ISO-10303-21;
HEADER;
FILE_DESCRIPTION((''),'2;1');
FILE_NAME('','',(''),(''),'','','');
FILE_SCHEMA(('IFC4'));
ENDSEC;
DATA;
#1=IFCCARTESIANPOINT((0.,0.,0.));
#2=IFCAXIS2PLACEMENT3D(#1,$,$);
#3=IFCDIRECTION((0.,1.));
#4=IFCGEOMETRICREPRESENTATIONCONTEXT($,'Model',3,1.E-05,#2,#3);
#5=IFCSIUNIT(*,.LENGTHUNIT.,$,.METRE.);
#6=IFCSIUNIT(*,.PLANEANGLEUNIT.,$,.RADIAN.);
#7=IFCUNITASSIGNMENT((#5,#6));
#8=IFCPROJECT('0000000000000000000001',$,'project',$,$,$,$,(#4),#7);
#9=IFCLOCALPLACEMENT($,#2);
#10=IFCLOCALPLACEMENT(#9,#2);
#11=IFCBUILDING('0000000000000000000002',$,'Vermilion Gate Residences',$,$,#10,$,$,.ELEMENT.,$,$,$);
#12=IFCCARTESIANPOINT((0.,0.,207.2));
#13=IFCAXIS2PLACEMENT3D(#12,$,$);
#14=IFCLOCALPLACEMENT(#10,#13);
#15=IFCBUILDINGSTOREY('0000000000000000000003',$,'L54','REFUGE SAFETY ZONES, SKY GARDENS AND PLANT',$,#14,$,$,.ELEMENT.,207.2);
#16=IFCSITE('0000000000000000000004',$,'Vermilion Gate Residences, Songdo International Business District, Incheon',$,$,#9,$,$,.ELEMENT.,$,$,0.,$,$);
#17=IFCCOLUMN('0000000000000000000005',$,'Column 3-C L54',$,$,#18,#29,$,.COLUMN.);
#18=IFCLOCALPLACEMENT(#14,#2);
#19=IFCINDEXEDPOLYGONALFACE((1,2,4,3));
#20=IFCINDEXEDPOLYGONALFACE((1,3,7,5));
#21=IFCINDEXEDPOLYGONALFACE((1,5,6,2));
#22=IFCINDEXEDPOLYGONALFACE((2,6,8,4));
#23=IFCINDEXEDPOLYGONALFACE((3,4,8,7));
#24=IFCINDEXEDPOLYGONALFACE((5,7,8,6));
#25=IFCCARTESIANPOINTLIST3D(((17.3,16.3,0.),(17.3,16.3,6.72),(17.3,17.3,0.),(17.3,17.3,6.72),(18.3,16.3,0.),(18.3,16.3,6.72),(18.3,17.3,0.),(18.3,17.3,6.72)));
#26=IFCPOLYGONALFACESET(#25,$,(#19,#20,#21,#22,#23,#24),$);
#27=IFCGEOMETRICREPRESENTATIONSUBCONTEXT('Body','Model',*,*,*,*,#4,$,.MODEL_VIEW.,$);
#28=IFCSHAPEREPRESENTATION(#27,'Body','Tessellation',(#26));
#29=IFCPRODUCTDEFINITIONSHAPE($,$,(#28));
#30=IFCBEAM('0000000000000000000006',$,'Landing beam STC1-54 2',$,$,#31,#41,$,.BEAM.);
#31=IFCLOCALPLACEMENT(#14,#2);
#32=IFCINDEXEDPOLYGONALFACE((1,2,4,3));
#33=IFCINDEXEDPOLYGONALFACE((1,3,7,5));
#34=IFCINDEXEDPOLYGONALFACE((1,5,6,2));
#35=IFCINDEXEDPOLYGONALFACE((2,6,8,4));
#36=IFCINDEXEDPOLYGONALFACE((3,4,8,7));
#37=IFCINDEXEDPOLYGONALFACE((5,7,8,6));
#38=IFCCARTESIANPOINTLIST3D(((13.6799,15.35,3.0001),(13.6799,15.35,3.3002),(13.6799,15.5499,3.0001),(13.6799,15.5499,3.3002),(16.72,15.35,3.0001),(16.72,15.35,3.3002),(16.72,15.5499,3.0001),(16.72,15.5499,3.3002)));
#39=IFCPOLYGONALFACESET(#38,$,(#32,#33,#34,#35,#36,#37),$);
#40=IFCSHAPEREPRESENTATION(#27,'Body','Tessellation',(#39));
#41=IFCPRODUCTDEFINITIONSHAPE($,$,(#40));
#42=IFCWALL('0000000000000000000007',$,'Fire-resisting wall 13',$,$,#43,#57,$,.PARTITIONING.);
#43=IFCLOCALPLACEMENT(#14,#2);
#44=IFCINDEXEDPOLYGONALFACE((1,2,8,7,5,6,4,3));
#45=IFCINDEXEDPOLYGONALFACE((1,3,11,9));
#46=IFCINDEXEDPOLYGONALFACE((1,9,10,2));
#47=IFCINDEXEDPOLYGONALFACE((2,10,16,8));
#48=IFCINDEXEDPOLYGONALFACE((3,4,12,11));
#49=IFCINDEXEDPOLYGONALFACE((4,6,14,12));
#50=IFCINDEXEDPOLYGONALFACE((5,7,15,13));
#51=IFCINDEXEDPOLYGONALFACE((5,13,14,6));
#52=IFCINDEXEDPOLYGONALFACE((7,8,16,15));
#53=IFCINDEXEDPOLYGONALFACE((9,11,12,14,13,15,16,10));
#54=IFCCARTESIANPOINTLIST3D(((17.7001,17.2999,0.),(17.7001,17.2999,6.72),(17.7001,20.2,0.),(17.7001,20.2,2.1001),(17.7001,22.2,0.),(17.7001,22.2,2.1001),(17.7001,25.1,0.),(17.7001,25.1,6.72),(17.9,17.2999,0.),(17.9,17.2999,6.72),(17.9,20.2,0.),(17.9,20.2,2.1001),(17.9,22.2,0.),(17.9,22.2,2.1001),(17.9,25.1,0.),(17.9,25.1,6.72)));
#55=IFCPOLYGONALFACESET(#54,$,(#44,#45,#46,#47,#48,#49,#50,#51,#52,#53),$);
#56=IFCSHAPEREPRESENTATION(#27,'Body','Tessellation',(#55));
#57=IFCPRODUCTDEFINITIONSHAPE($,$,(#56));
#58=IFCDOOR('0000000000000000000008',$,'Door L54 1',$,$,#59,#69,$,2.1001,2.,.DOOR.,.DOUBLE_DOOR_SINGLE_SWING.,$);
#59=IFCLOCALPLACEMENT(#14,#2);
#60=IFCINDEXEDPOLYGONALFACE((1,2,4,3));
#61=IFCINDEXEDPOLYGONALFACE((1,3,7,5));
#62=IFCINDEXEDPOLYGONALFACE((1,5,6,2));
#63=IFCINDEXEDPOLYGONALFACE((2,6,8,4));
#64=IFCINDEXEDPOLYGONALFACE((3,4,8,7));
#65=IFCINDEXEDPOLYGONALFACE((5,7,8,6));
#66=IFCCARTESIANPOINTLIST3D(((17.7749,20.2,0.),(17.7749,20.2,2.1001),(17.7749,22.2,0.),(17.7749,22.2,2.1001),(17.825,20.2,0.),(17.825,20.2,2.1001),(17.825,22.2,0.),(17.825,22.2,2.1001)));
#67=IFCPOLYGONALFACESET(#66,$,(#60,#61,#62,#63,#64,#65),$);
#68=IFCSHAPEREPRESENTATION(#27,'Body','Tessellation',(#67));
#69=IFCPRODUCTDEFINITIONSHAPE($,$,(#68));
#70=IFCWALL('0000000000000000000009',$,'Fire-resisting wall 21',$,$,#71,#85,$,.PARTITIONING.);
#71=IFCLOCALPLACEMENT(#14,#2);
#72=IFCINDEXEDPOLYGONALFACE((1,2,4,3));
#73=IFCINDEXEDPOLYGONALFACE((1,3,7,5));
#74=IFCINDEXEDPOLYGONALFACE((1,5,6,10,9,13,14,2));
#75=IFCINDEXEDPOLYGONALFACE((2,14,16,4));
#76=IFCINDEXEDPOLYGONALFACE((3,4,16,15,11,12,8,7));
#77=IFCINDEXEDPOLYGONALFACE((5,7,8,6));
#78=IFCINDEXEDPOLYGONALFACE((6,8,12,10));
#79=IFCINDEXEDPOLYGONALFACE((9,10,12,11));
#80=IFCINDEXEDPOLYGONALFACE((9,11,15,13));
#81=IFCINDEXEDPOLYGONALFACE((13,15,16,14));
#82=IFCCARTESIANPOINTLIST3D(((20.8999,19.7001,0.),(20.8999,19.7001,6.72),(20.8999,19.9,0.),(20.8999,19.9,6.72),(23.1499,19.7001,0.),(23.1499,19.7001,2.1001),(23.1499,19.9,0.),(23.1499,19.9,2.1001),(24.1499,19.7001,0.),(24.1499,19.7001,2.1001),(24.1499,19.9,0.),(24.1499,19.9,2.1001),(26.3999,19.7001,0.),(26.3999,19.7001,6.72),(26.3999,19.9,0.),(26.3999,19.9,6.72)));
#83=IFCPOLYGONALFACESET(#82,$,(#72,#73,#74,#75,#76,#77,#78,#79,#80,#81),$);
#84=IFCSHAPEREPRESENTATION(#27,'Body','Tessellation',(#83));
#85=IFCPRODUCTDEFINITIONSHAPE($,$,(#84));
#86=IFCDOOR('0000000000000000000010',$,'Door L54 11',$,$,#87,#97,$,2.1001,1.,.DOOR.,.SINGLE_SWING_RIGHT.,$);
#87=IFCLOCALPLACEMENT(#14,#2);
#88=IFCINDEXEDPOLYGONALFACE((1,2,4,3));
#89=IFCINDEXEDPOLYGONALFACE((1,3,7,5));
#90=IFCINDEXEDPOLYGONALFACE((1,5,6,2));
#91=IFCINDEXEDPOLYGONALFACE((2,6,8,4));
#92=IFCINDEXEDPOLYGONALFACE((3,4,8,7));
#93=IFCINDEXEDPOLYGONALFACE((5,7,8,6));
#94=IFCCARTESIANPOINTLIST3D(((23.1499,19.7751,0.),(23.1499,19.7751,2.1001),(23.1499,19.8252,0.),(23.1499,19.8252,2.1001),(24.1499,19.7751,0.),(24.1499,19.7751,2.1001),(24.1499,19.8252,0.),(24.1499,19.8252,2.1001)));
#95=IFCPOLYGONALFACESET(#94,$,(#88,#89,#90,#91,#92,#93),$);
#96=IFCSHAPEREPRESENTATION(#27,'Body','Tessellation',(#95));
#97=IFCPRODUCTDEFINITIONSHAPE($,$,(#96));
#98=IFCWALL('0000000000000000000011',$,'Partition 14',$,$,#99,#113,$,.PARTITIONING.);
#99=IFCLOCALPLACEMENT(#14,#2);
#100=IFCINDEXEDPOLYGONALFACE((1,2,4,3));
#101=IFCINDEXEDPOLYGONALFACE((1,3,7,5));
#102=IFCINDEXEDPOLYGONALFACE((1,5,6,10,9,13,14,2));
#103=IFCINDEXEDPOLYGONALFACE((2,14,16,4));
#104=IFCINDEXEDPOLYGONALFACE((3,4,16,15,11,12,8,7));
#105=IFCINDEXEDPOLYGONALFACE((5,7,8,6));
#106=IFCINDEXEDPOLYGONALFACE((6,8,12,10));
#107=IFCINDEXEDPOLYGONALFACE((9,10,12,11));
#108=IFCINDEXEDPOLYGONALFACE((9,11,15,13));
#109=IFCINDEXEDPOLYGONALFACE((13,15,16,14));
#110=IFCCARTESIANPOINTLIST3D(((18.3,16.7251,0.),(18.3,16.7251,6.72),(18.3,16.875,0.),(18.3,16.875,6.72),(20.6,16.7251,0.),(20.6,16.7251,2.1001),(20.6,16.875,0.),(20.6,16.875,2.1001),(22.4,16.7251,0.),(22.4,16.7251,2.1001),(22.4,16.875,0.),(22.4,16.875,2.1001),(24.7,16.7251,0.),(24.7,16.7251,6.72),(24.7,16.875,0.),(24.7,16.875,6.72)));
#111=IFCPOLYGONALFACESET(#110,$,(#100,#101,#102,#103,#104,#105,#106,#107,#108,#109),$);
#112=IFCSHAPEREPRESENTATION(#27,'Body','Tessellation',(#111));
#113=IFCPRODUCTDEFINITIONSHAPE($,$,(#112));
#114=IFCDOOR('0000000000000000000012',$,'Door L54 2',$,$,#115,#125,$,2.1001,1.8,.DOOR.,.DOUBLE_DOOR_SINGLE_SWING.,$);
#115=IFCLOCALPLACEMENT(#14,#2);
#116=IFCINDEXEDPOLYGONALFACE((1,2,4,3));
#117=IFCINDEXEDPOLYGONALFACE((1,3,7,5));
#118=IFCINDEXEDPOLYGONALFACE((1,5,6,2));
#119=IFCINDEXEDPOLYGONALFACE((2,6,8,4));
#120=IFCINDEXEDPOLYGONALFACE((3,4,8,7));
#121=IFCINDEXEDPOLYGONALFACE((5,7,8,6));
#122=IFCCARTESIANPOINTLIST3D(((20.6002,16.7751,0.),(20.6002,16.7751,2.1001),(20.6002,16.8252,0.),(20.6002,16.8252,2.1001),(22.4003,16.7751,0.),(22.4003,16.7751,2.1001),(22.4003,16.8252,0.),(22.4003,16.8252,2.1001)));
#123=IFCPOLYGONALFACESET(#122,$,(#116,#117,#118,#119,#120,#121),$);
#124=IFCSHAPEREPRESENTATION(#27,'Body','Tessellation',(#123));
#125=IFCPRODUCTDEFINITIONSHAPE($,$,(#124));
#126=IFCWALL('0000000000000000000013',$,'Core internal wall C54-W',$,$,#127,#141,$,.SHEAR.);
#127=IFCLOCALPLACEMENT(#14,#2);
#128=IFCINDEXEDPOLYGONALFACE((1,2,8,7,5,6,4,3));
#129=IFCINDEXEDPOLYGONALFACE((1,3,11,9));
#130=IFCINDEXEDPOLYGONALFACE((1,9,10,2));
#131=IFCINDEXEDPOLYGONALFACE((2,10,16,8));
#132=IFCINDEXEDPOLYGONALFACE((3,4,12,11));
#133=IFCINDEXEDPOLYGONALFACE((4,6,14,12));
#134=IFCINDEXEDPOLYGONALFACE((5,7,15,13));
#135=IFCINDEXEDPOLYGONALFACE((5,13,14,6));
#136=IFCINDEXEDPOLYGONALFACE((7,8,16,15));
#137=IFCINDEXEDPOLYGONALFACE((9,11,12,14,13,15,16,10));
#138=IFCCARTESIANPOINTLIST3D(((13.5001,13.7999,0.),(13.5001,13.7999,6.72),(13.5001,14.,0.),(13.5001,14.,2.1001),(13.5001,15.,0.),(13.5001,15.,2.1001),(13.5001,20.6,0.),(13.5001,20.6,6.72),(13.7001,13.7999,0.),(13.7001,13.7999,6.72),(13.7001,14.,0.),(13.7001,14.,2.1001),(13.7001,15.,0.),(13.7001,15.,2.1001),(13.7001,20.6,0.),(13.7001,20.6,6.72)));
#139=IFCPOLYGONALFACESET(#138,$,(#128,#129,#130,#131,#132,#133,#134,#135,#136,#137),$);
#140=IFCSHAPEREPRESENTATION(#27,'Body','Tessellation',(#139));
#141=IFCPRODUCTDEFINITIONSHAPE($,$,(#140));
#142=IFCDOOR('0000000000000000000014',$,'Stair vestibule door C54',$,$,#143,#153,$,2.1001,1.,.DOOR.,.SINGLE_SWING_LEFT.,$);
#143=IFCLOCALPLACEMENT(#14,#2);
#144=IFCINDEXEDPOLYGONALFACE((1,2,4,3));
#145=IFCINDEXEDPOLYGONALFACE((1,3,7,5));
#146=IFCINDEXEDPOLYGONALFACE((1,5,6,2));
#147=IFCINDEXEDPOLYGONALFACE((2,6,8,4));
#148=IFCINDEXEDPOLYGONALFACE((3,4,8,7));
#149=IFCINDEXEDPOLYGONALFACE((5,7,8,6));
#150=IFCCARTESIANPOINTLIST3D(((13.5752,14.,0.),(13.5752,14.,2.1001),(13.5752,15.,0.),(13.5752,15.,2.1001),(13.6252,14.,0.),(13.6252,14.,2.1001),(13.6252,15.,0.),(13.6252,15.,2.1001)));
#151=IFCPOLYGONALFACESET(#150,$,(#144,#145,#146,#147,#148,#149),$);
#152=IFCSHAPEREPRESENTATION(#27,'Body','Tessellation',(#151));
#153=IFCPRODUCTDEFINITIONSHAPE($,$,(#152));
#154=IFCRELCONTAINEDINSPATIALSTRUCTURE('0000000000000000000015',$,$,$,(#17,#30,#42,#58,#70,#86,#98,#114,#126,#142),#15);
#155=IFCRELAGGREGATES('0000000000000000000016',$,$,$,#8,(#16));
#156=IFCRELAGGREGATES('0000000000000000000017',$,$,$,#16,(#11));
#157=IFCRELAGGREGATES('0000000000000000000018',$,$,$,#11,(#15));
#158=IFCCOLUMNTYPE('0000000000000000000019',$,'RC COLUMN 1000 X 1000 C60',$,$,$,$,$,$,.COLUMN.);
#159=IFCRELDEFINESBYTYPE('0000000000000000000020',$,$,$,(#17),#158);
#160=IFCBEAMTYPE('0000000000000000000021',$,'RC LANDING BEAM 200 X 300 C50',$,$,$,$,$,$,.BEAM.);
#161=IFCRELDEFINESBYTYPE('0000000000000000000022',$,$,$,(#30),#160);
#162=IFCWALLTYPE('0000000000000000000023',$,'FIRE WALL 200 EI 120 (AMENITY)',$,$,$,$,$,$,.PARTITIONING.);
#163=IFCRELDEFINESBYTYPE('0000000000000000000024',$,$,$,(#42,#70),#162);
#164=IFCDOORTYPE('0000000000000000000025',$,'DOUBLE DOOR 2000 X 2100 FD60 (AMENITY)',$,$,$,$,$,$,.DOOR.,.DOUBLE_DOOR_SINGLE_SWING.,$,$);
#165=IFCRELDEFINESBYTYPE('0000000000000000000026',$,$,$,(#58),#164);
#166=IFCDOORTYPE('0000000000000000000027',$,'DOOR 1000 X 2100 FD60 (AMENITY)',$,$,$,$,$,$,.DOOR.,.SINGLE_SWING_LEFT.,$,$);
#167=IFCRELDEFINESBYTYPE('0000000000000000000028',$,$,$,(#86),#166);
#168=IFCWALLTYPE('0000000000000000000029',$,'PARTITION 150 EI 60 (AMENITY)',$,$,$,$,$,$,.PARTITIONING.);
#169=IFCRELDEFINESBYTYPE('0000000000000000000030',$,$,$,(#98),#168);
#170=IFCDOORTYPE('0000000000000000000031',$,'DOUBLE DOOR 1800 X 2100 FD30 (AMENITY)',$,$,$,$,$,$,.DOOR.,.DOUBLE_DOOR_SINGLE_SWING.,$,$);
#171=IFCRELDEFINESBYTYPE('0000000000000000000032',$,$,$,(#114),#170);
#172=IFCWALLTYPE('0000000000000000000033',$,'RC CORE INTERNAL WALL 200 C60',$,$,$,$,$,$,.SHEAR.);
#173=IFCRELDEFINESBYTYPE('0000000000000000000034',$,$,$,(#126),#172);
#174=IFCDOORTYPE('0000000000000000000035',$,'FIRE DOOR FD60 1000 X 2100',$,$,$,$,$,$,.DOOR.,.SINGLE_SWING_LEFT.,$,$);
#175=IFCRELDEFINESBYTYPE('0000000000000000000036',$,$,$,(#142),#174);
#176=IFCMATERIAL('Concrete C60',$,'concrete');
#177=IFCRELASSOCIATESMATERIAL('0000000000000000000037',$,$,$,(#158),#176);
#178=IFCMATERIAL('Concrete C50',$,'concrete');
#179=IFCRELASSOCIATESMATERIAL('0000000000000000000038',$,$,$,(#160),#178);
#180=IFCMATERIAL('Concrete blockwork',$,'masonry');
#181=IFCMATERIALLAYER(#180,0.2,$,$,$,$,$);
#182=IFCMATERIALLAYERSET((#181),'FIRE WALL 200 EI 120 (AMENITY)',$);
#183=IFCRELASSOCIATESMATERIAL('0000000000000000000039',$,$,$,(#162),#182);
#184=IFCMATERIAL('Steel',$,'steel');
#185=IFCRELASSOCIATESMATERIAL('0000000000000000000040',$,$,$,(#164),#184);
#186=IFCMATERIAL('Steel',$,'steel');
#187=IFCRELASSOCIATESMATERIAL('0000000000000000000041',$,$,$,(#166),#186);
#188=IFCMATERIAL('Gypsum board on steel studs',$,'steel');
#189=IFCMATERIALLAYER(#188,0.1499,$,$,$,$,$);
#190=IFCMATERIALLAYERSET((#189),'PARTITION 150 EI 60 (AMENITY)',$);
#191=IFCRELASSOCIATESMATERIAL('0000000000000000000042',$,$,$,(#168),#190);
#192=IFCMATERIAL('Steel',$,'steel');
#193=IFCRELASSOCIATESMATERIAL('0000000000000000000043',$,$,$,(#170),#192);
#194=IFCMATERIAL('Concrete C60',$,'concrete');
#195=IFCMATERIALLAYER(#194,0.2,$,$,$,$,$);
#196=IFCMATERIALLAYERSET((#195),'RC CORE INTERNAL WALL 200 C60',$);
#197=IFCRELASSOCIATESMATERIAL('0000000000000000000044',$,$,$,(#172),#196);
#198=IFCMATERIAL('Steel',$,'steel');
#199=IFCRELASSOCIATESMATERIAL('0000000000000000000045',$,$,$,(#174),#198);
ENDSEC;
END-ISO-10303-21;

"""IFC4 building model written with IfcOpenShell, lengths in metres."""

from ifc_helpers import new_model, si_unit, direction, frame, frame_2d, origin, origin_2d, place, context, subcontext, project, spatial, rectangle, extrude, material, layer, layer_set, material_profile, profile_set, type_object, element, fill, save


model = new_model("IFC4")

# Units and contexts
model_context = context("Model", 3, precision=1e-05, world=origin(), true_north=direction((0.0, 1.0)))
body_context = subcontext(model_context, "Body", "Model", "MODEL_VIEW")
ifc_project = project(units=[si_unit("LENGTHUNIT", "METRE"), si_unit("PLANEANGLEUNIT", "RADIAN")], contexts=[model_context])

# Site, building, storey
site_placement = place(None, origin())
site = spatial("IfcSite", under=ifc_project, at=site_placement, Name="Vermilion Gate Residences, Songdo International Business District, Incheon", CompositionType="ELEMENT", RefElevation=0.0)
building_placement = place(site_placement, origin())
building = spatial("IfcBuilding", under=site, at=building_placement, Name="Vermilion Gate Residences", CompositionType="ELEMENT")
storey_placement = place(building_placement, frame((0.0, 0.0, 207.2)))
storey = spatial("IfcBuildingStorey", under=building, at=storey_placement, Name="L54", Description="REFUGE SAFETY ZONES, SKY GARDENS AND PLANT", CompositionType="ELEMENT", Elevation=207.2)

# Column
ifc_material_1 = material(Name="Concrete C60", Category="concrete")
ifc_material_profile_1 = material_profile(ifc_material_1, rectangle(XDim=1.0, YDim=1.0, at=origin_2d()), Name="RC-1000x1000")
ifc_profile_set_1 = profile_set([ifc_material_profile_1], Name="Concrete C60")
column_type = type_object("IfcColumnType", Name="RC COLUMN 1000 X 1000 C60", PredefinedType="COLUMN", material=ifc_profile_set_1)
column_placement = place(storey_placement, frame((17.8, 16.8, 0.0), z_axis=(0.0, 0.0, 1.0), x_axis=(1.0, 0.0, 0.0)))
element("IfcColumn", 1, at=column_placement, inside=storey, type_object=column_type, Name="Column 3-C L54", PredefinedType="COLUMN", context=body_context, shape_type="SweptSolid", body=[
    extrude(rectangle(XDim=1.0, YDim=1.0, at=origin_2d()), origin(), (0.0, 0.0, 1.0), 6.72),
])

# Beam
ifc_material_2 = material(Name="Concrete C50", Category="concrete")
ifc_material_profile_2 = material_profile(ifc_material_2, rectangle(XDim=0.2, YDim=0.3, at=origin_2d()), Name="RC-200x300")
ifc_profile_set_2 = profile_set([ifc_material_profile_2], Name="Concrete C50")
beam_type = type_object("IfcBeamType", Name="RC LANDING BEAM 200 X 300 C50", PredefinedType="BEAM", material=ifc_profile_set_2)
beam_placement = place(storey_placement, frame((13.6799, 15.45, 3.1501), z_axis=(1.0, 0.0, 0.0), x_axis=(0.0, 1.0, 0.0)))
element("IfcBeam", 2, at=beam_placement, inside=storey, type_object=beam_type, Name="Landing beam STC1-54 2", PredefinedType="BEAM", context=body_context, shape_type="SweptSolid", body=[
    extrude(rectangle(XDim=0.2, YDim=0.3, at=origin_2d()), origin(), (0.0, 0.0, 1.0), 3.04),
])

# Walls, openings, doors
ifc_material_3 = material(Name="Concrete blockwork", Category="masonry")
ifc_layer_1 = layer(ifc_material_3, 0.2)
ifc_layer_set_1 = layer_set([ifc_layer_1], Name="FIRE WALL 200 EI 120 (AMENITY)")
wall_type_1 = type_object("IfcWallType", Name="FIRE WALL 200 EI 120 (AMENITY)", PredefinedType="PARTITIONING", material=ifc_layer_set_1)
wall_1_placement = place(storey_placement, frame((17.8, 17.3, 0.0), z_axis=(0.0, 0.0, 1.0), x_axis=(0.0, 1.0, 0.0)))
wall_1 = element("IfcWall", 3, at=wall_1_placement, inside=storey, type_object=wall_type_1, Name="Fire-resisting wall 13", PredefinedType="PARTITIONING", context=body_context, shape_type="SweptSolid", body=[
    extrude(rectangle(XDim=7.8, YDim=0.2, at=frame_2d((3.8999, 0.0))), origin(), (0.0, 0.0, 1.0), 6.72),
])
opening_1_placement = place(wall_1_placement, frame((2.8999, 0.0, 0.0)))
opening_1 = element("IfcOpeningElement", 4, at=opening_1_placement, cuts=wall_1, PredefinedType="OPENING", context=body_context, shape_type="SweptSolid", body=[
    extrude(rectangle(XDim=2.0, YDim=2.1001, at=frame_2d((1.0, 1.05))), frame((0.0, 0.1099, 0.0), z_axis=(0.0, -1.0, 0.0), x_axis=(1.0, 0.0, 0.0)), (0.0, 0.0, 1.0), 0.22),
])
ifc_material_4 = material(Name="Steel", Category="steel")
door_type_1 = type_object("IfcDoorType", Name="DOUBLE DOOR 2000 X 2100 FD60 (AMENITY)", OperationType="DOUBLE_DOOR_SINGLE_SWING", PredefinedType="DOOR", material=ifc_material_4)
door_1_placement = place(opening_1_placement, frame((2.0, 0.0, 0.0), z_axis=(0.0, 0.0, 1.0), x_axis=(-1.0, 0.0, 0.0)))
door_1 = element("IfcDoor", 5, at=door_1_placement, inside=storey, type_object=door_type_1, Name="Door L54 1", OperationType="DOUBLE_DOOR_SINGLE_SWING", OverallHeight=2.1001, OverallWidth=2.0, PredefinedType="DOOR", context=body_context, shape_type="SweptSolid", body=[
    extrude(rectangle(XDim=2.0, YDim=2.1001, at=frame_2d((1.0, 1.05))), frame((0.0, 0.0249, 0.0), z_axis=(0.0, -1.0, 0.0), x_axis=(1.0, 0.0, 0.0)), (0.0, 0.0, 1.0), 0.05),
])
fill(opening_1, door_1)
wall_2_placement = place(storey_placement, frame((20.8999, 19.8, 0.0), z_axis=(0.0, 0.0, 1.0), x_axis=(1.0, 0.0, 0.0)))
wall_2 = element("IfcWall", 6, at=wall_2_placement, inside=storey, type_object=wall_type_1, Name="Fire-resisting wall 21", PredefinedType="PARTITIONING", context=body_context, shape_type="SweptSolid", body=[
    extrude(rectangle(XDim=5.5, YDim=0.2, at=frame_2d((2.75, 0.0))), origin(), (0.0, 0.0, 1.0), 6.72),
])
opening_2_placement = place(wall_2_placement, frame((2.25, 0.0, 0.0)))
opening_2 = element("IfcOpeningElement", 7, at=opening_2_placement, cuts=wall_2, PredefinedType="OPENING", context=body_context, shape_type="SweptSolid", body=[
    extrude(rectangle(XDim=1.0, YDim=2.1001, at=frame_2d((0.5, 1.05))), frame((0.0, 0.1099, 0.0), z_axis=(0.0, -1.0, 0.0), x_axis=(1.0, 0.0, 0.0)), (0.0, 0.0, 1.0), 0.22),
])
ifc_material_5 = material(Name="Steel", Category="steel")
door_type_2 = type_object("IfcDoorType", Name="DOOR 1000 X 2100 FD60 (AMENITY)", OperationType="SINGLE_SWING_LEFT", PredefinedType="DOOR", material=ifc_material_5)
door_2_placement = place(opening_2_placement, frame((1.0, 0.0, 0.0), z_axis=(0.0, 0.0, 1.0), x_axis=(-1.0, 0.0, 0.0)))
door_2 = element("IfcDoor", 8, at=door_2_placement, inside=storey, type_object=door_type_2, Name="Door L54 11", OperationType="SINGLE_SWING_RIGHT", OverallHeight=2.1001, OverallWidth=1.0, PredefinedType="DOOR", context=body_context, shape_type="SweptSolid", body=[
    extrude(rectangle(XDim=1.0, YDim=2.1001, at=frame_2d((0.5, 1.05))), frame((0.0, 0.0249, 0.0), z_axis=(0.0, -1.0, 0.0), x_axis=(1.0, 0.0, 0.0)), (0.0, 0.0, 1.0), 0.05),
])
fill(opening_2, door_2)
ifc_material_6 = material(Name="Gypsum board on steel studs", Category="steel")
ifc_layer_2 = layer(ifc_material_6, 0.1499)
ifc_layer_set_2 = layer_set([ifc_layer_2], Name="PARTITION 150 EI 60 (AMENITY)")
wall_type_2 = type_object("IfcWallType", Name="PARTITION 150 EI 60 (AMENITY)", PredefinedType="PARTITIONING", material=ifc_layer_set_2)
wall_3_placement = place(storey_placement, frame((18.3, 16.8, 0.0), z_axis=(0.0, 0.0, 1.0), x_axis=(1.0, 0.0, 0.0)))
wall_3 = element("IfcWall", 9, at=wall_3_placement, inside=storey, type_object=wall_type_2, Name="Partition 14", PredefinedType="PARTITIONING", context=body_context, shape_type="SweptSolid", body=[
    extrude(rectangle(XDim=6.3999, YDim=0.1499, at=frame_2d((3.2, 0.0))), origin(), (0.0, 0.0, 1.0), 6.72),
])
opening_3_placement = place(wall_3_placement, frame((2.3, 0.0, 0.0)))
opening_3 = element("IfcOpeningElement", 10, at=opening_3_placement, cuts=wall_3, PredefinedType="OPENING", context=body_context, shape_type="SweptSolid", body=[
    extrude(rectangle(XDim=1.8, YDim=2.1001, at=frame_2d((0.8999, 1.05))), frame((0.0, 0.085, 0.0), z_axis=(0.0, -1.0, 0.0), x_axis=(1.0, 0.0, 0.0)), (0.0, 0.0, 1.0), 0.1699),
])
ifc_material_7 = material(Name="Steel", Category="steel")
door_type_3 = type_object("IfcDoorType", Name="DOUBLE DOOR 1800 X 2100 FD30 (AMENITY)", OperationType="DOUBLE_DOOR_SINGLE_SWING", PredefinedType="DOOR", material=ifc_material_7)
door_3_placement = place(opening_3_placement, frame((1.8, 0.0, 0.0), z_axis=(0.0, 0.0, 1.0), x_axis=(-1.0, 0.0, 0.0)))
door_3 = element("IfcDoor", 11, at=door_3_placement, inside=storey, type_object=door_type_3, Name="Door L54 2", OperationType="DOUBLE_DOOR_SINGLE_SWING", OverallHeight=2.1001, OverallWidth=1.8, PredefinedType="DOOR", context=body_context, shape_type="SweptSolid", body=[
    extrude(rectangle(XDim=1.8, YDim=2.1001, at=frame_2d((0.8999, 1.05))), frame((0.0, 0.0249, 0.0), z_axis=(0.0, -1.0, 0.0), x_axis=(1.0, 0.0, 0.0)), (0.0, 0.0, 1.0), 0.05),
])
fill(opening_3, door_3)
ifc_material_8 = material(Name="Concrete C60", Category="concrete")
ifc_layer_3 = layer(ifc_material_8, 0.2)
ifc_layer_set_3 = layer_set([ifc_layer_3], Name="RC CORE INTERNAL WALL 200 C60")
wall_type_3 = type_object("IfcWallType", Name="RC CORE INTERNAL WALL 200 C60", PredefinedType="SHEAR", material=ifc_layer_set_3)
wall_4_placement = place(storey_placement, frame((13.6001, 13.8, 0.0), z_axis=(0.0, 0.0, 1.0), x_axis=(0.0, 1.0, 0.0)))
wall_4 = element("IfcWall", 12, at=wall_4_placement, inside=storey, type_object=wall_type_3, Name="Core internal wall C54-W", PredefinedType="SHEAR", context=body_context, shape_type="SweptSolid", body=[
    extrude(rectangle(XDim=6.8, YDim=0.2, at=frame_2d((3.3999, 0.0))), origin(), (0.0, 0.0, 1.0), 6.72),
])
opening_4_placement = place(wall_4_placement, frame((0.2, 0.0, 0.0)))
opening_4 = element("IfcOpeningElement", 13, at=opening_4_placement, cuts=wall_4, PredefinedType="OPENING", context=body_context, shape_type="SweptSolid", body=[
    extrude(rectangle(XDim=1.0, YDim=2.1001, at=frame_2d((0.5, 1.05))), frame((0.0, 0.1099, 0.0), z_axis=(0.0, -1.0, 0.0), x_axis=(1.0, 0.0, 0.0)), (0.0, 0.0, 1.0), 0.22),
])
ifc_material_9 = material(Name="Steel", Category="steel")
door_type_4 = type_object("IfcDoorType", Name="FIRE DOOR FD60 1000 X 2100", OperationType="SINGLE_SWING_LEFT", PredefinedType="DOOR", material=ifc_material_9)
door_4_placement = place(opening_4_placement, origin())
door_4 = element("IfcDoor", 14, at=door_4_placement, inside=storey, type_object=door_type_4, Name="Stair vestibule door C54", OperationType="SINGLE_SWING_LEFT", OverallHeight=2.1001, OverallWidth=1.0, PredefinedType="DOOR", context=body_context, shape_type="SweptSolid", body=[
    extrude(rectangle(XDim=1.0, YDim=2.1001, at=frame_2d((0.5, 1.05))), frame((0.0, 0.0249, 0.0), z_axis=(0.0, -1.0, 0.0), x_axis=(1.0, 0.0, 0.0)), (0.0, 0.0, 1.0), 0.05),
])
fill(opening_4, door_4)

save(model, "model.ifc")
